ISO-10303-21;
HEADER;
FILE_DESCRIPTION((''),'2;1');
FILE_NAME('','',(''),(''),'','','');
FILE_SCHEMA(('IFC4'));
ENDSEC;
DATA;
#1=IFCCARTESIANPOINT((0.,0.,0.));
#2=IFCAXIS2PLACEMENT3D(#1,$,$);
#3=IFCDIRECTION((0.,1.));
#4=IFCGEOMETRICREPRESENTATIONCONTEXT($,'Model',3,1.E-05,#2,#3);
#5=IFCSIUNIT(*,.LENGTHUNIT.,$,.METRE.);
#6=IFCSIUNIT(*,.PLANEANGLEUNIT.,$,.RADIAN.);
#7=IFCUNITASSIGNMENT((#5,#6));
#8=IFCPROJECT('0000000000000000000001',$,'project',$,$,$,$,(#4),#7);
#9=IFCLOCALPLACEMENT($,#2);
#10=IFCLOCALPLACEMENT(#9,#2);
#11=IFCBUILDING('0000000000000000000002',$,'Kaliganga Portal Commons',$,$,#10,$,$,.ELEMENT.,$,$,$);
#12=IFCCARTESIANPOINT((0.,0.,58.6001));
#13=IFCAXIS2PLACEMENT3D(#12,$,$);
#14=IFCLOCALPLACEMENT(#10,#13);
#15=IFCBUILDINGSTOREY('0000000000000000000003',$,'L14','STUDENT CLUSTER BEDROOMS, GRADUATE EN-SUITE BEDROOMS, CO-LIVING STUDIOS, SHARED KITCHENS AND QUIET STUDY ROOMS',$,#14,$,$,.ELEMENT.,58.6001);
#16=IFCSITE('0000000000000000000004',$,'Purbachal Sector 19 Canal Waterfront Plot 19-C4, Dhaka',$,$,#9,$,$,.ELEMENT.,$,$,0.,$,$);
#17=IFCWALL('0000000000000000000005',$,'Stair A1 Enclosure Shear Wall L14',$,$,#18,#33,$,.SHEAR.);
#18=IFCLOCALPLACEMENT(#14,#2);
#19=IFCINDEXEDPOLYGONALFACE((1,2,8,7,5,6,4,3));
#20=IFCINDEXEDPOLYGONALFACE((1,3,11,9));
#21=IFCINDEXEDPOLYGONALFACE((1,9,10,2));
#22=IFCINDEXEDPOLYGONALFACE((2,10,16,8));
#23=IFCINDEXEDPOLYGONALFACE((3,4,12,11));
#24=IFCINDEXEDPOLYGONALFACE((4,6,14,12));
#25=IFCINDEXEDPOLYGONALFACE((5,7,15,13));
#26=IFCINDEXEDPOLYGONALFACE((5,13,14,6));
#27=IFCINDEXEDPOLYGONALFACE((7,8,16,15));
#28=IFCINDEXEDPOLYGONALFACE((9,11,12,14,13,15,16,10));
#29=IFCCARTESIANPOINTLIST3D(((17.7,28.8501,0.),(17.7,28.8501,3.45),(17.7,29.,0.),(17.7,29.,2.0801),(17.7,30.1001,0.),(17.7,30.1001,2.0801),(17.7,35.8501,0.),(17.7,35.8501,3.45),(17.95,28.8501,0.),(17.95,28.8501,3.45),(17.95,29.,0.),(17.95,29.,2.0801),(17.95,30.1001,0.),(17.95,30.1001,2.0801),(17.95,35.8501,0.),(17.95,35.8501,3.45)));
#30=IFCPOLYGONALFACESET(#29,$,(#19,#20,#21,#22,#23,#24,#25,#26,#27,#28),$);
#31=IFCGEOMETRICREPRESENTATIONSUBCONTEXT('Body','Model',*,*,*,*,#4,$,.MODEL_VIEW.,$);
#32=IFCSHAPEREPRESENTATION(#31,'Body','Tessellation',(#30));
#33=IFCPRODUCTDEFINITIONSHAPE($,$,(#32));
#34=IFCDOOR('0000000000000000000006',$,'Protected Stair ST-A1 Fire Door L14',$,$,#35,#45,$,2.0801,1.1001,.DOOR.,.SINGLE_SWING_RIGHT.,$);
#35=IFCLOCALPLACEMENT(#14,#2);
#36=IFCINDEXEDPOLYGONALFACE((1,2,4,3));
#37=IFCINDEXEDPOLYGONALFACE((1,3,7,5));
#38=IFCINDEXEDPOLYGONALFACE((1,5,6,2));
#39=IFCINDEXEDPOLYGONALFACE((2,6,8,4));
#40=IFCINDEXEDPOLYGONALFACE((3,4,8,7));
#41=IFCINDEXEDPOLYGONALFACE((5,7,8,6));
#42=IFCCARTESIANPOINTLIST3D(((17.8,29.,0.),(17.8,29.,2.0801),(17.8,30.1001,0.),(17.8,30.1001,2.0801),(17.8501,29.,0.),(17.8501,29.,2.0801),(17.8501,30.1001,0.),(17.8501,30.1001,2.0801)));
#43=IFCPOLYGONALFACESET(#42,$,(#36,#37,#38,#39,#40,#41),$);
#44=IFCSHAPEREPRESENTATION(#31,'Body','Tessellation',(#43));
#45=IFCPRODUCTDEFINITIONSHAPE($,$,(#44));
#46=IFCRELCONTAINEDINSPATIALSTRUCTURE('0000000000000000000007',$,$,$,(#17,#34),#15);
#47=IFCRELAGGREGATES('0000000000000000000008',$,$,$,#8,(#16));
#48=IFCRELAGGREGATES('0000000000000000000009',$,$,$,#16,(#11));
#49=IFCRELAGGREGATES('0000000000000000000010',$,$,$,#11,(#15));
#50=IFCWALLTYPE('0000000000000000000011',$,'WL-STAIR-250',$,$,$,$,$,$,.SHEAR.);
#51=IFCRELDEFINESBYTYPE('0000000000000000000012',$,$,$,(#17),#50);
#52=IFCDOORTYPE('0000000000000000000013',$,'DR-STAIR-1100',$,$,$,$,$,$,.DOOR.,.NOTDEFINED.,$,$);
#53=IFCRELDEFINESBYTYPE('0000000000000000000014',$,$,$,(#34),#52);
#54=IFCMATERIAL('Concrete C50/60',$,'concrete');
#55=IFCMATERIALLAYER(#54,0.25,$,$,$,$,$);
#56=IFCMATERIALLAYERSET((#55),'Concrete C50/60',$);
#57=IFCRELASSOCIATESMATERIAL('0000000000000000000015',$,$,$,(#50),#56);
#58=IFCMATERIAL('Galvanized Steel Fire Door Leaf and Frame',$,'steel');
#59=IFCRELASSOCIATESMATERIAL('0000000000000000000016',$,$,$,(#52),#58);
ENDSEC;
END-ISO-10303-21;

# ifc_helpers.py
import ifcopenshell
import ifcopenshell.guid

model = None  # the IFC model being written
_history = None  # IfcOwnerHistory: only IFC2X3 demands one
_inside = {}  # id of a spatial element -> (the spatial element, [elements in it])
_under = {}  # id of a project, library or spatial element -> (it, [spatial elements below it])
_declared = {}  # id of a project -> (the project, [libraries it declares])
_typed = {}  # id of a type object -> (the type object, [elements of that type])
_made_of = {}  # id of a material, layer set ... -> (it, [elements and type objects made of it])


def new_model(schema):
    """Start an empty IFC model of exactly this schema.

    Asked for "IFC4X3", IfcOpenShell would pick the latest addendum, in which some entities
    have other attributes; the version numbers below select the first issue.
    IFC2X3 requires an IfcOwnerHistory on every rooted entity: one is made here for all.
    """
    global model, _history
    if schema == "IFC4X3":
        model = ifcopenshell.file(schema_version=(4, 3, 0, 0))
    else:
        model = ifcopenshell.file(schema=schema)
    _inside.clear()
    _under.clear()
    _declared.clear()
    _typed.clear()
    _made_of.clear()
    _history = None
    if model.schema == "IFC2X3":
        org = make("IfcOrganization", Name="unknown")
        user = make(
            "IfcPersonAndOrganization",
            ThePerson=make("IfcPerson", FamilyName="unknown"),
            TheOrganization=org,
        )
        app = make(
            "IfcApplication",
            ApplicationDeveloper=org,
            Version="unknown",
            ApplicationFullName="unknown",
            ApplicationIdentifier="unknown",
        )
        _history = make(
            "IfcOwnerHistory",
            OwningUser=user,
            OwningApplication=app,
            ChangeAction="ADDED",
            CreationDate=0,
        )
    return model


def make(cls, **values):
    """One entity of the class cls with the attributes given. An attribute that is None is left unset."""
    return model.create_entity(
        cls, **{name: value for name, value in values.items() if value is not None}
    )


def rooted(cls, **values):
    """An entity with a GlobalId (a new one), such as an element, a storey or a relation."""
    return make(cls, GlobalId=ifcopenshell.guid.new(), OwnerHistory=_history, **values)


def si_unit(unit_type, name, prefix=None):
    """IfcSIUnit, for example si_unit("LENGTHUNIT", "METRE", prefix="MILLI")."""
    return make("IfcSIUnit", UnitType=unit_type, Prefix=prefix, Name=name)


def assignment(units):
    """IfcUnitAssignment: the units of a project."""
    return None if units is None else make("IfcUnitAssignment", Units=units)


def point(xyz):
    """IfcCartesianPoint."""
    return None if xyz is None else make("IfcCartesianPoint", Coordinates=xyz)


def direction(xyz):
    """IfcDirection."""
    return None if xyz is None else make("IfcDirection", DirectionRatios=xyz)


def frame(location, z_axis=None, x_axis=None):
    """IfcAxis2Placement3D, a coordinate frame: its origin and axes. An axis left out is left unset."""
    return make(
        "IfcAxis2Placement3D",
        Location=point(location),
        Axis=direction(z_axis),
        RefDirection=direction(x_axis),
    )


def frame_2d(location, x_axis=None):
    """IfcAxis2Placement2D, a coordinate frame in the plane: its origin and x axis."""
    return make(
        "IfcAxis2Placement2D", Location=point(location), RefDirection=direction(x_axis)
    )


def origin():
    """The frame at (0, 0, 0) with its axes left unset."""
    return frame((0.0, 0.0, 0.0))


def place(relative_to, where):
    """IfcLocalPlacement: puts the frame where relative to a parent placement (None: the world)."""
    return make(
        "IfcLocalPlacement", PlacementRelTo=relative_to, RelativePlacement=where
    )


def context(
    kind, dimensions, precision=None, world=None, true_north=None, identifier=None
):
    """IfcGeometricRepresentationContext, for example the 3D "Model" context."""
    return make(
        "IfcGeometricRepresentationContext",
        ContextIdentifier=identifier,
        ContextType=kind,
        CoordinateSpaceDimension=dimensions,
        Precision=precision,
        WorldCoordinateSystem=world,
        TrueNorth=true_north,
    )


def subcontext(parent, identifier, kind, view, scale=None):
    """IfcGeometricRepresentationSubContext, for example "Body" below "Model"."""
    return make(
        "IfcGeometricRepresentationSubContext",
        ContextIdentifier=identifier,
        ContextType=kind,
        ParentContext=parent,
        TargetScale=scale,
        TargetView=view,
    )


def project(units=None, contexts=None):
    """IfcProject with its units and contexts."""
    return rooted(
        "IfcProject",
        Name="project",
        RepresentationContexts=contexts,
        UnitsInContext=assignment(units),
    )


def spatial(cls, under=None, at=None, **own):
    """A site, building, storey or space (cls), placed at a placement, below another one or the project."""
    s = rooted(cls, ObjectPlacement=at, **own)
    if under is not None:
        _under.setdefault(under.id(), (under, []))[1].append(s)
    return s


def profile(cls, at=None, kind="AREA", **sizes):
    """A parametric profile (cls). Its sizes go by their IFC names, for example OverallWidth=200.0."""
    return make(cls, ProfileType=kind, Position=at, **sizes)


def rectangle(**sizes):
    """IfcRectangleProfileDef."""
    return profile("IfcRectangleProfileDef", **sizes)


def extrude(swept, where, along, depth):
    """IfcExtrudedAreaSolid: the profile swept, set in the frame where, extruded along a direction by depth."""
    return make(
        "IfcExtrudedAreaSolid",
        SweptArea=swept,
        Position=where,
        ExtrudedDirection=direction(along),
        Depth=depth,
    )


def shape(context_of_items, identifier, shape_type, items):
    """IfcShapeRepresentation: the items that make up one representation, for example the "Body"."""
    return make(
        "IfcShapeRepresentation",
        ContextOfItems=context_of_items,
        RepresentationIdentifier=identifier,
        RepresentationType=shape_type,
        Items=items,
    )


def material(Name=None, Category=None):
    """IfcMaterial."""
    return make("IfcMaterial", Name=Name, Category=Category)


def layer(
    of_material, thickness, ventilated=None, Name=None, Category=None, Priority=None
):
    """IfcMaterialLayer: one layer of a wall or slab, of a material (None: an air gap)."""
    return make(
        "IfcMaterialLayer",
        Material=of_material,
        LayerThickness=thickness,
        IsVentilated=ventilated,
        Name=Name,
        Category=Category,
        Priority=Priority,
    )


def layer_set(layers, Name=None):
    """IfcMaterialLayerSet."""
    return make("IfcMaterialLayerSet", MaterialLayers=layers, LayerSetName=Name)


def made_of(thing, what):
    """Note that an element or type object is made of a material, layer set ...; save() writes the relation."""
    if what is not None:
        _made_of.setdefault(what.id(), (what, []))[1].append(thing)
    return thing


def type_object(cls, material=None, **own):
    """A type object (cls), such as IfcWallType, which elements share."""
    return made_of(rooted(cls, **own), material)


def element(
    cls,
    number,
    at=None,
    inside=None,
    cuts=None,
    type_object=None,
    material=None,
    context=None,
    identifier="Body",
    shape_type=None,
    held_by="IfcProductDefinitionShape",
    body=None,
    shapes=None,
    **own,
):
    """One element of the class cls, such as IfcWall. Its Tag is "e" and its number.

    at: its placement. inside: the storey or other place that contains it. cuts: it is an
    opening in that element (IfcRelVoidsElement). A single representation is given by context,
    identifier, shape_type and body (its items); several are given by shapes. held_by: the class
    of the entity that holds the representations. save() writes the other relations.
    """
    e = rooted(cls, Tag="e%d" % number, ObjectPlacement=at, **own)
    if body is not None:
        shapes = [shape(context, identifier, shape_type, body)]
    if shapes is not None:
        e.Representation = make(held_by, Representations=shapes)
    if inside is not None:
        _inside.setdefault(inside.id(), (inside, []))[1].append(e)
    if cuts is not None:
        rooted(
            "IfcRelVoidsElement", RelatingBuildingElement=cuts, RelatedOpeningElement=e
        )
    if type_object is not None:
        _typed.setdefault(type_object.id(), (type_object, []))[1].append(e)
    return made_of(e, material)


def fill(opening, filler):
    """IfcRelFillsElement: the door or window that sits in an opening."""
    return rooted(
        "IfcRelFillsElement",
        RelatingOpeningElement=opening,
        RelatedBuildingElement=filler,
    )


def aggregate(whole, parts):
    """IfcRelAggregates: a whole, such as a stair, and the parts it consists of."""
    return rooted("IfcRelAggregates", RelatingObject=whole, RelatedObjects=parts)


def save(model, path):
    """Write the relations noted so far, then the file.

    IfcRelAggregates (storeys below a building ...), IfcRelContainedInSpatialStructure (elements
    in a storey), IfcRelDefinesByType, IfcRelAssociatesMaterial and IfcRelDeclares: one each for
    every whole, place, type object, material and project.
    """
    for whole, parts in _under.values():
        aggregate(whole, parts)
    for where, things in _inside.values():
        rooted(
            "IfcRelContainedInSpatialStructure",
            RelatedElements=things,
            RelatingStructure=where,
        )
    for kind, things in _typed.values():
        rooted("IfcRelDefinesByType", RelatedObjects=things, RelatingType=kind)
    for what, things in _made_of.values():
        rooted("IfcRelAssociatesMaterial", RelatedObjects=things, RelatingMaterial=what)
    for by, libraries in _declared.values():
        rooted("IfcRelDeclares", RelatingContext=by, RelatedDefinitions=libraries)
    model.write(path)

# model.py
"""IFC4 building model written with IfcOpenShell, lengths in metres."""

from ifc_helpers import new_model, si_unit, direction, frame, frame_2d, origin, place, context, subcontext, project, spatial, rectangle, extrude, material, layer, layer_set, type_object, element, fill, save


model = new_model("IFC4")

# Units and contexts
model_context = context("Model", 3, precision=1e-05, world=origin(), true_north=direction((0.0, 1.0)))
body_context = subcontext(model_context, "Body", "Model", "MODEL_VIEW")
ifc_project = project(units=[si_unit("LENGTHUNIT", "METRE"), si_unit("PLANEANGLEUNIT", "RADIAN")], contexts=[model_context])

# Site, building, storey
site_placement = place(None, origin())
site = spatial("IfcSite", under=ifc_project, at=site_placement, Name="Purbachal Sector 19 Canal Waterfront Plot 19-C4, Dhaka", CompositionType="ELEMENT", RefElevation=0.0)
building_placement = place(site_placement, origin())
building = spatial("IfcBuilding", under=site, at=building_placement, Name="Kaliganga Portal Commons", CompositionType="ELEMENT")
storey_placement = place(building_placement, frame((0.0, 0.0, 58.6001)))
storey = spatial("IfcBuildingStorey", under=building, at=storey_placement, Name="L14", Description="STUDENT CLUSTER BEDROOMS, GRADUATE EN-SUITE BEDROOMS, CO-LIVING STUDIOS, SHARED KITCHENS AND QUIET STUDY ROOMS", CompositionType="ELEMENT", Elevation=58.6001)

# Wall, opening, door
ifc_material_1 = material(Name="Concrete C50/60", Category="concrete")
ifc_layer_1 = layer(ifc_material_1, 0.25)
ifc_layer_set_1 = layer_set([ifc_layer_1], Name="Concrete C50/60")
wall_type_1 = type_object("IfcWallType", Name="WL-STAIR-250", PredefinedType="SHEAR", material=ifc_layer_set_1)
wall_1_placement = place(storey_placement, frame((17.825, 28.8501, 0.0), z_axis=(0.0, 0.0, 1.0), x_axis=(0.0, 1.0, 0.0)))
wall_1 = element("IfcWall", 1, at=wall_1_placement, inside=storey, type_object=wall_type_1, Name="Stair A1 Enclosure Shear Wall L14", PredefinedType="SHEAR", context=body_context, shape_type="SweptSolid", body=[
    extrude(rectangle(XDim=7.0, YDim=0.25, at=frame_2d((3.5, 0.0))), origin(), (0.0, 0.0, 1.0), 3.45),
])
opening_1_placement = place(wall_1_placement, frame((0.1499, 0.0, 0.0)))
opening_1 = element("IfcOpeningElement", 2, at=opening_1_placement, cuts=wall_1, PredefinedType="OPENING", context=body_context, shape_type="SweptSolid", body=[
    extrude(rectangle(XDim=1.1001, YDim=2.0801, at=frame_2d((0.55, 1.04))), frame((0.0, 0.135, 0.0), z_axis=(0.0, -1.0, 0.0), x_axis=(1.0, 0.0, 0.0)), (0.0, 0.0, 1.0), 0.27),
])
ifc_material_2 = material(Name="Galvanized Steel Fire Door Leaf and Frame", Category="steel")
door_type_1 = type_object("IfcDoorType", Name="DR-STAIR-1100", OperationType="NOTDEFINED", PredefinedType="DOOR", material=ifc_material_2)
door_1_placement = place(opening_1_placement, origin())
door_1 = element("IfcDoor", 3, at=door_1_placement, inside=storey, type_object=door_type_1, Name="Protected Stair ST-A1 Fire Door L14", OperationType="SINGLE_SWING_RIGHT", OverallHeight=2.0801, OverallWidth=1.1001, PredefinedType="DOOR", context=body_context, shape_type="SweptSolid", body=[
    extrude(rectangle(XDim=1.1001, YDim=2.0801, at=frame_2d((0.55, 1.04))), frame((0.0, 0.0249, 0.0), z_axis=(0.0, -1.0, 0.0), x_axis=(1.0, 0.0, 0.0)), (0.0, 0.0, 1.0), 0.05),
])
fill(opening_1, door_1)

save(model, "model.ifc")
